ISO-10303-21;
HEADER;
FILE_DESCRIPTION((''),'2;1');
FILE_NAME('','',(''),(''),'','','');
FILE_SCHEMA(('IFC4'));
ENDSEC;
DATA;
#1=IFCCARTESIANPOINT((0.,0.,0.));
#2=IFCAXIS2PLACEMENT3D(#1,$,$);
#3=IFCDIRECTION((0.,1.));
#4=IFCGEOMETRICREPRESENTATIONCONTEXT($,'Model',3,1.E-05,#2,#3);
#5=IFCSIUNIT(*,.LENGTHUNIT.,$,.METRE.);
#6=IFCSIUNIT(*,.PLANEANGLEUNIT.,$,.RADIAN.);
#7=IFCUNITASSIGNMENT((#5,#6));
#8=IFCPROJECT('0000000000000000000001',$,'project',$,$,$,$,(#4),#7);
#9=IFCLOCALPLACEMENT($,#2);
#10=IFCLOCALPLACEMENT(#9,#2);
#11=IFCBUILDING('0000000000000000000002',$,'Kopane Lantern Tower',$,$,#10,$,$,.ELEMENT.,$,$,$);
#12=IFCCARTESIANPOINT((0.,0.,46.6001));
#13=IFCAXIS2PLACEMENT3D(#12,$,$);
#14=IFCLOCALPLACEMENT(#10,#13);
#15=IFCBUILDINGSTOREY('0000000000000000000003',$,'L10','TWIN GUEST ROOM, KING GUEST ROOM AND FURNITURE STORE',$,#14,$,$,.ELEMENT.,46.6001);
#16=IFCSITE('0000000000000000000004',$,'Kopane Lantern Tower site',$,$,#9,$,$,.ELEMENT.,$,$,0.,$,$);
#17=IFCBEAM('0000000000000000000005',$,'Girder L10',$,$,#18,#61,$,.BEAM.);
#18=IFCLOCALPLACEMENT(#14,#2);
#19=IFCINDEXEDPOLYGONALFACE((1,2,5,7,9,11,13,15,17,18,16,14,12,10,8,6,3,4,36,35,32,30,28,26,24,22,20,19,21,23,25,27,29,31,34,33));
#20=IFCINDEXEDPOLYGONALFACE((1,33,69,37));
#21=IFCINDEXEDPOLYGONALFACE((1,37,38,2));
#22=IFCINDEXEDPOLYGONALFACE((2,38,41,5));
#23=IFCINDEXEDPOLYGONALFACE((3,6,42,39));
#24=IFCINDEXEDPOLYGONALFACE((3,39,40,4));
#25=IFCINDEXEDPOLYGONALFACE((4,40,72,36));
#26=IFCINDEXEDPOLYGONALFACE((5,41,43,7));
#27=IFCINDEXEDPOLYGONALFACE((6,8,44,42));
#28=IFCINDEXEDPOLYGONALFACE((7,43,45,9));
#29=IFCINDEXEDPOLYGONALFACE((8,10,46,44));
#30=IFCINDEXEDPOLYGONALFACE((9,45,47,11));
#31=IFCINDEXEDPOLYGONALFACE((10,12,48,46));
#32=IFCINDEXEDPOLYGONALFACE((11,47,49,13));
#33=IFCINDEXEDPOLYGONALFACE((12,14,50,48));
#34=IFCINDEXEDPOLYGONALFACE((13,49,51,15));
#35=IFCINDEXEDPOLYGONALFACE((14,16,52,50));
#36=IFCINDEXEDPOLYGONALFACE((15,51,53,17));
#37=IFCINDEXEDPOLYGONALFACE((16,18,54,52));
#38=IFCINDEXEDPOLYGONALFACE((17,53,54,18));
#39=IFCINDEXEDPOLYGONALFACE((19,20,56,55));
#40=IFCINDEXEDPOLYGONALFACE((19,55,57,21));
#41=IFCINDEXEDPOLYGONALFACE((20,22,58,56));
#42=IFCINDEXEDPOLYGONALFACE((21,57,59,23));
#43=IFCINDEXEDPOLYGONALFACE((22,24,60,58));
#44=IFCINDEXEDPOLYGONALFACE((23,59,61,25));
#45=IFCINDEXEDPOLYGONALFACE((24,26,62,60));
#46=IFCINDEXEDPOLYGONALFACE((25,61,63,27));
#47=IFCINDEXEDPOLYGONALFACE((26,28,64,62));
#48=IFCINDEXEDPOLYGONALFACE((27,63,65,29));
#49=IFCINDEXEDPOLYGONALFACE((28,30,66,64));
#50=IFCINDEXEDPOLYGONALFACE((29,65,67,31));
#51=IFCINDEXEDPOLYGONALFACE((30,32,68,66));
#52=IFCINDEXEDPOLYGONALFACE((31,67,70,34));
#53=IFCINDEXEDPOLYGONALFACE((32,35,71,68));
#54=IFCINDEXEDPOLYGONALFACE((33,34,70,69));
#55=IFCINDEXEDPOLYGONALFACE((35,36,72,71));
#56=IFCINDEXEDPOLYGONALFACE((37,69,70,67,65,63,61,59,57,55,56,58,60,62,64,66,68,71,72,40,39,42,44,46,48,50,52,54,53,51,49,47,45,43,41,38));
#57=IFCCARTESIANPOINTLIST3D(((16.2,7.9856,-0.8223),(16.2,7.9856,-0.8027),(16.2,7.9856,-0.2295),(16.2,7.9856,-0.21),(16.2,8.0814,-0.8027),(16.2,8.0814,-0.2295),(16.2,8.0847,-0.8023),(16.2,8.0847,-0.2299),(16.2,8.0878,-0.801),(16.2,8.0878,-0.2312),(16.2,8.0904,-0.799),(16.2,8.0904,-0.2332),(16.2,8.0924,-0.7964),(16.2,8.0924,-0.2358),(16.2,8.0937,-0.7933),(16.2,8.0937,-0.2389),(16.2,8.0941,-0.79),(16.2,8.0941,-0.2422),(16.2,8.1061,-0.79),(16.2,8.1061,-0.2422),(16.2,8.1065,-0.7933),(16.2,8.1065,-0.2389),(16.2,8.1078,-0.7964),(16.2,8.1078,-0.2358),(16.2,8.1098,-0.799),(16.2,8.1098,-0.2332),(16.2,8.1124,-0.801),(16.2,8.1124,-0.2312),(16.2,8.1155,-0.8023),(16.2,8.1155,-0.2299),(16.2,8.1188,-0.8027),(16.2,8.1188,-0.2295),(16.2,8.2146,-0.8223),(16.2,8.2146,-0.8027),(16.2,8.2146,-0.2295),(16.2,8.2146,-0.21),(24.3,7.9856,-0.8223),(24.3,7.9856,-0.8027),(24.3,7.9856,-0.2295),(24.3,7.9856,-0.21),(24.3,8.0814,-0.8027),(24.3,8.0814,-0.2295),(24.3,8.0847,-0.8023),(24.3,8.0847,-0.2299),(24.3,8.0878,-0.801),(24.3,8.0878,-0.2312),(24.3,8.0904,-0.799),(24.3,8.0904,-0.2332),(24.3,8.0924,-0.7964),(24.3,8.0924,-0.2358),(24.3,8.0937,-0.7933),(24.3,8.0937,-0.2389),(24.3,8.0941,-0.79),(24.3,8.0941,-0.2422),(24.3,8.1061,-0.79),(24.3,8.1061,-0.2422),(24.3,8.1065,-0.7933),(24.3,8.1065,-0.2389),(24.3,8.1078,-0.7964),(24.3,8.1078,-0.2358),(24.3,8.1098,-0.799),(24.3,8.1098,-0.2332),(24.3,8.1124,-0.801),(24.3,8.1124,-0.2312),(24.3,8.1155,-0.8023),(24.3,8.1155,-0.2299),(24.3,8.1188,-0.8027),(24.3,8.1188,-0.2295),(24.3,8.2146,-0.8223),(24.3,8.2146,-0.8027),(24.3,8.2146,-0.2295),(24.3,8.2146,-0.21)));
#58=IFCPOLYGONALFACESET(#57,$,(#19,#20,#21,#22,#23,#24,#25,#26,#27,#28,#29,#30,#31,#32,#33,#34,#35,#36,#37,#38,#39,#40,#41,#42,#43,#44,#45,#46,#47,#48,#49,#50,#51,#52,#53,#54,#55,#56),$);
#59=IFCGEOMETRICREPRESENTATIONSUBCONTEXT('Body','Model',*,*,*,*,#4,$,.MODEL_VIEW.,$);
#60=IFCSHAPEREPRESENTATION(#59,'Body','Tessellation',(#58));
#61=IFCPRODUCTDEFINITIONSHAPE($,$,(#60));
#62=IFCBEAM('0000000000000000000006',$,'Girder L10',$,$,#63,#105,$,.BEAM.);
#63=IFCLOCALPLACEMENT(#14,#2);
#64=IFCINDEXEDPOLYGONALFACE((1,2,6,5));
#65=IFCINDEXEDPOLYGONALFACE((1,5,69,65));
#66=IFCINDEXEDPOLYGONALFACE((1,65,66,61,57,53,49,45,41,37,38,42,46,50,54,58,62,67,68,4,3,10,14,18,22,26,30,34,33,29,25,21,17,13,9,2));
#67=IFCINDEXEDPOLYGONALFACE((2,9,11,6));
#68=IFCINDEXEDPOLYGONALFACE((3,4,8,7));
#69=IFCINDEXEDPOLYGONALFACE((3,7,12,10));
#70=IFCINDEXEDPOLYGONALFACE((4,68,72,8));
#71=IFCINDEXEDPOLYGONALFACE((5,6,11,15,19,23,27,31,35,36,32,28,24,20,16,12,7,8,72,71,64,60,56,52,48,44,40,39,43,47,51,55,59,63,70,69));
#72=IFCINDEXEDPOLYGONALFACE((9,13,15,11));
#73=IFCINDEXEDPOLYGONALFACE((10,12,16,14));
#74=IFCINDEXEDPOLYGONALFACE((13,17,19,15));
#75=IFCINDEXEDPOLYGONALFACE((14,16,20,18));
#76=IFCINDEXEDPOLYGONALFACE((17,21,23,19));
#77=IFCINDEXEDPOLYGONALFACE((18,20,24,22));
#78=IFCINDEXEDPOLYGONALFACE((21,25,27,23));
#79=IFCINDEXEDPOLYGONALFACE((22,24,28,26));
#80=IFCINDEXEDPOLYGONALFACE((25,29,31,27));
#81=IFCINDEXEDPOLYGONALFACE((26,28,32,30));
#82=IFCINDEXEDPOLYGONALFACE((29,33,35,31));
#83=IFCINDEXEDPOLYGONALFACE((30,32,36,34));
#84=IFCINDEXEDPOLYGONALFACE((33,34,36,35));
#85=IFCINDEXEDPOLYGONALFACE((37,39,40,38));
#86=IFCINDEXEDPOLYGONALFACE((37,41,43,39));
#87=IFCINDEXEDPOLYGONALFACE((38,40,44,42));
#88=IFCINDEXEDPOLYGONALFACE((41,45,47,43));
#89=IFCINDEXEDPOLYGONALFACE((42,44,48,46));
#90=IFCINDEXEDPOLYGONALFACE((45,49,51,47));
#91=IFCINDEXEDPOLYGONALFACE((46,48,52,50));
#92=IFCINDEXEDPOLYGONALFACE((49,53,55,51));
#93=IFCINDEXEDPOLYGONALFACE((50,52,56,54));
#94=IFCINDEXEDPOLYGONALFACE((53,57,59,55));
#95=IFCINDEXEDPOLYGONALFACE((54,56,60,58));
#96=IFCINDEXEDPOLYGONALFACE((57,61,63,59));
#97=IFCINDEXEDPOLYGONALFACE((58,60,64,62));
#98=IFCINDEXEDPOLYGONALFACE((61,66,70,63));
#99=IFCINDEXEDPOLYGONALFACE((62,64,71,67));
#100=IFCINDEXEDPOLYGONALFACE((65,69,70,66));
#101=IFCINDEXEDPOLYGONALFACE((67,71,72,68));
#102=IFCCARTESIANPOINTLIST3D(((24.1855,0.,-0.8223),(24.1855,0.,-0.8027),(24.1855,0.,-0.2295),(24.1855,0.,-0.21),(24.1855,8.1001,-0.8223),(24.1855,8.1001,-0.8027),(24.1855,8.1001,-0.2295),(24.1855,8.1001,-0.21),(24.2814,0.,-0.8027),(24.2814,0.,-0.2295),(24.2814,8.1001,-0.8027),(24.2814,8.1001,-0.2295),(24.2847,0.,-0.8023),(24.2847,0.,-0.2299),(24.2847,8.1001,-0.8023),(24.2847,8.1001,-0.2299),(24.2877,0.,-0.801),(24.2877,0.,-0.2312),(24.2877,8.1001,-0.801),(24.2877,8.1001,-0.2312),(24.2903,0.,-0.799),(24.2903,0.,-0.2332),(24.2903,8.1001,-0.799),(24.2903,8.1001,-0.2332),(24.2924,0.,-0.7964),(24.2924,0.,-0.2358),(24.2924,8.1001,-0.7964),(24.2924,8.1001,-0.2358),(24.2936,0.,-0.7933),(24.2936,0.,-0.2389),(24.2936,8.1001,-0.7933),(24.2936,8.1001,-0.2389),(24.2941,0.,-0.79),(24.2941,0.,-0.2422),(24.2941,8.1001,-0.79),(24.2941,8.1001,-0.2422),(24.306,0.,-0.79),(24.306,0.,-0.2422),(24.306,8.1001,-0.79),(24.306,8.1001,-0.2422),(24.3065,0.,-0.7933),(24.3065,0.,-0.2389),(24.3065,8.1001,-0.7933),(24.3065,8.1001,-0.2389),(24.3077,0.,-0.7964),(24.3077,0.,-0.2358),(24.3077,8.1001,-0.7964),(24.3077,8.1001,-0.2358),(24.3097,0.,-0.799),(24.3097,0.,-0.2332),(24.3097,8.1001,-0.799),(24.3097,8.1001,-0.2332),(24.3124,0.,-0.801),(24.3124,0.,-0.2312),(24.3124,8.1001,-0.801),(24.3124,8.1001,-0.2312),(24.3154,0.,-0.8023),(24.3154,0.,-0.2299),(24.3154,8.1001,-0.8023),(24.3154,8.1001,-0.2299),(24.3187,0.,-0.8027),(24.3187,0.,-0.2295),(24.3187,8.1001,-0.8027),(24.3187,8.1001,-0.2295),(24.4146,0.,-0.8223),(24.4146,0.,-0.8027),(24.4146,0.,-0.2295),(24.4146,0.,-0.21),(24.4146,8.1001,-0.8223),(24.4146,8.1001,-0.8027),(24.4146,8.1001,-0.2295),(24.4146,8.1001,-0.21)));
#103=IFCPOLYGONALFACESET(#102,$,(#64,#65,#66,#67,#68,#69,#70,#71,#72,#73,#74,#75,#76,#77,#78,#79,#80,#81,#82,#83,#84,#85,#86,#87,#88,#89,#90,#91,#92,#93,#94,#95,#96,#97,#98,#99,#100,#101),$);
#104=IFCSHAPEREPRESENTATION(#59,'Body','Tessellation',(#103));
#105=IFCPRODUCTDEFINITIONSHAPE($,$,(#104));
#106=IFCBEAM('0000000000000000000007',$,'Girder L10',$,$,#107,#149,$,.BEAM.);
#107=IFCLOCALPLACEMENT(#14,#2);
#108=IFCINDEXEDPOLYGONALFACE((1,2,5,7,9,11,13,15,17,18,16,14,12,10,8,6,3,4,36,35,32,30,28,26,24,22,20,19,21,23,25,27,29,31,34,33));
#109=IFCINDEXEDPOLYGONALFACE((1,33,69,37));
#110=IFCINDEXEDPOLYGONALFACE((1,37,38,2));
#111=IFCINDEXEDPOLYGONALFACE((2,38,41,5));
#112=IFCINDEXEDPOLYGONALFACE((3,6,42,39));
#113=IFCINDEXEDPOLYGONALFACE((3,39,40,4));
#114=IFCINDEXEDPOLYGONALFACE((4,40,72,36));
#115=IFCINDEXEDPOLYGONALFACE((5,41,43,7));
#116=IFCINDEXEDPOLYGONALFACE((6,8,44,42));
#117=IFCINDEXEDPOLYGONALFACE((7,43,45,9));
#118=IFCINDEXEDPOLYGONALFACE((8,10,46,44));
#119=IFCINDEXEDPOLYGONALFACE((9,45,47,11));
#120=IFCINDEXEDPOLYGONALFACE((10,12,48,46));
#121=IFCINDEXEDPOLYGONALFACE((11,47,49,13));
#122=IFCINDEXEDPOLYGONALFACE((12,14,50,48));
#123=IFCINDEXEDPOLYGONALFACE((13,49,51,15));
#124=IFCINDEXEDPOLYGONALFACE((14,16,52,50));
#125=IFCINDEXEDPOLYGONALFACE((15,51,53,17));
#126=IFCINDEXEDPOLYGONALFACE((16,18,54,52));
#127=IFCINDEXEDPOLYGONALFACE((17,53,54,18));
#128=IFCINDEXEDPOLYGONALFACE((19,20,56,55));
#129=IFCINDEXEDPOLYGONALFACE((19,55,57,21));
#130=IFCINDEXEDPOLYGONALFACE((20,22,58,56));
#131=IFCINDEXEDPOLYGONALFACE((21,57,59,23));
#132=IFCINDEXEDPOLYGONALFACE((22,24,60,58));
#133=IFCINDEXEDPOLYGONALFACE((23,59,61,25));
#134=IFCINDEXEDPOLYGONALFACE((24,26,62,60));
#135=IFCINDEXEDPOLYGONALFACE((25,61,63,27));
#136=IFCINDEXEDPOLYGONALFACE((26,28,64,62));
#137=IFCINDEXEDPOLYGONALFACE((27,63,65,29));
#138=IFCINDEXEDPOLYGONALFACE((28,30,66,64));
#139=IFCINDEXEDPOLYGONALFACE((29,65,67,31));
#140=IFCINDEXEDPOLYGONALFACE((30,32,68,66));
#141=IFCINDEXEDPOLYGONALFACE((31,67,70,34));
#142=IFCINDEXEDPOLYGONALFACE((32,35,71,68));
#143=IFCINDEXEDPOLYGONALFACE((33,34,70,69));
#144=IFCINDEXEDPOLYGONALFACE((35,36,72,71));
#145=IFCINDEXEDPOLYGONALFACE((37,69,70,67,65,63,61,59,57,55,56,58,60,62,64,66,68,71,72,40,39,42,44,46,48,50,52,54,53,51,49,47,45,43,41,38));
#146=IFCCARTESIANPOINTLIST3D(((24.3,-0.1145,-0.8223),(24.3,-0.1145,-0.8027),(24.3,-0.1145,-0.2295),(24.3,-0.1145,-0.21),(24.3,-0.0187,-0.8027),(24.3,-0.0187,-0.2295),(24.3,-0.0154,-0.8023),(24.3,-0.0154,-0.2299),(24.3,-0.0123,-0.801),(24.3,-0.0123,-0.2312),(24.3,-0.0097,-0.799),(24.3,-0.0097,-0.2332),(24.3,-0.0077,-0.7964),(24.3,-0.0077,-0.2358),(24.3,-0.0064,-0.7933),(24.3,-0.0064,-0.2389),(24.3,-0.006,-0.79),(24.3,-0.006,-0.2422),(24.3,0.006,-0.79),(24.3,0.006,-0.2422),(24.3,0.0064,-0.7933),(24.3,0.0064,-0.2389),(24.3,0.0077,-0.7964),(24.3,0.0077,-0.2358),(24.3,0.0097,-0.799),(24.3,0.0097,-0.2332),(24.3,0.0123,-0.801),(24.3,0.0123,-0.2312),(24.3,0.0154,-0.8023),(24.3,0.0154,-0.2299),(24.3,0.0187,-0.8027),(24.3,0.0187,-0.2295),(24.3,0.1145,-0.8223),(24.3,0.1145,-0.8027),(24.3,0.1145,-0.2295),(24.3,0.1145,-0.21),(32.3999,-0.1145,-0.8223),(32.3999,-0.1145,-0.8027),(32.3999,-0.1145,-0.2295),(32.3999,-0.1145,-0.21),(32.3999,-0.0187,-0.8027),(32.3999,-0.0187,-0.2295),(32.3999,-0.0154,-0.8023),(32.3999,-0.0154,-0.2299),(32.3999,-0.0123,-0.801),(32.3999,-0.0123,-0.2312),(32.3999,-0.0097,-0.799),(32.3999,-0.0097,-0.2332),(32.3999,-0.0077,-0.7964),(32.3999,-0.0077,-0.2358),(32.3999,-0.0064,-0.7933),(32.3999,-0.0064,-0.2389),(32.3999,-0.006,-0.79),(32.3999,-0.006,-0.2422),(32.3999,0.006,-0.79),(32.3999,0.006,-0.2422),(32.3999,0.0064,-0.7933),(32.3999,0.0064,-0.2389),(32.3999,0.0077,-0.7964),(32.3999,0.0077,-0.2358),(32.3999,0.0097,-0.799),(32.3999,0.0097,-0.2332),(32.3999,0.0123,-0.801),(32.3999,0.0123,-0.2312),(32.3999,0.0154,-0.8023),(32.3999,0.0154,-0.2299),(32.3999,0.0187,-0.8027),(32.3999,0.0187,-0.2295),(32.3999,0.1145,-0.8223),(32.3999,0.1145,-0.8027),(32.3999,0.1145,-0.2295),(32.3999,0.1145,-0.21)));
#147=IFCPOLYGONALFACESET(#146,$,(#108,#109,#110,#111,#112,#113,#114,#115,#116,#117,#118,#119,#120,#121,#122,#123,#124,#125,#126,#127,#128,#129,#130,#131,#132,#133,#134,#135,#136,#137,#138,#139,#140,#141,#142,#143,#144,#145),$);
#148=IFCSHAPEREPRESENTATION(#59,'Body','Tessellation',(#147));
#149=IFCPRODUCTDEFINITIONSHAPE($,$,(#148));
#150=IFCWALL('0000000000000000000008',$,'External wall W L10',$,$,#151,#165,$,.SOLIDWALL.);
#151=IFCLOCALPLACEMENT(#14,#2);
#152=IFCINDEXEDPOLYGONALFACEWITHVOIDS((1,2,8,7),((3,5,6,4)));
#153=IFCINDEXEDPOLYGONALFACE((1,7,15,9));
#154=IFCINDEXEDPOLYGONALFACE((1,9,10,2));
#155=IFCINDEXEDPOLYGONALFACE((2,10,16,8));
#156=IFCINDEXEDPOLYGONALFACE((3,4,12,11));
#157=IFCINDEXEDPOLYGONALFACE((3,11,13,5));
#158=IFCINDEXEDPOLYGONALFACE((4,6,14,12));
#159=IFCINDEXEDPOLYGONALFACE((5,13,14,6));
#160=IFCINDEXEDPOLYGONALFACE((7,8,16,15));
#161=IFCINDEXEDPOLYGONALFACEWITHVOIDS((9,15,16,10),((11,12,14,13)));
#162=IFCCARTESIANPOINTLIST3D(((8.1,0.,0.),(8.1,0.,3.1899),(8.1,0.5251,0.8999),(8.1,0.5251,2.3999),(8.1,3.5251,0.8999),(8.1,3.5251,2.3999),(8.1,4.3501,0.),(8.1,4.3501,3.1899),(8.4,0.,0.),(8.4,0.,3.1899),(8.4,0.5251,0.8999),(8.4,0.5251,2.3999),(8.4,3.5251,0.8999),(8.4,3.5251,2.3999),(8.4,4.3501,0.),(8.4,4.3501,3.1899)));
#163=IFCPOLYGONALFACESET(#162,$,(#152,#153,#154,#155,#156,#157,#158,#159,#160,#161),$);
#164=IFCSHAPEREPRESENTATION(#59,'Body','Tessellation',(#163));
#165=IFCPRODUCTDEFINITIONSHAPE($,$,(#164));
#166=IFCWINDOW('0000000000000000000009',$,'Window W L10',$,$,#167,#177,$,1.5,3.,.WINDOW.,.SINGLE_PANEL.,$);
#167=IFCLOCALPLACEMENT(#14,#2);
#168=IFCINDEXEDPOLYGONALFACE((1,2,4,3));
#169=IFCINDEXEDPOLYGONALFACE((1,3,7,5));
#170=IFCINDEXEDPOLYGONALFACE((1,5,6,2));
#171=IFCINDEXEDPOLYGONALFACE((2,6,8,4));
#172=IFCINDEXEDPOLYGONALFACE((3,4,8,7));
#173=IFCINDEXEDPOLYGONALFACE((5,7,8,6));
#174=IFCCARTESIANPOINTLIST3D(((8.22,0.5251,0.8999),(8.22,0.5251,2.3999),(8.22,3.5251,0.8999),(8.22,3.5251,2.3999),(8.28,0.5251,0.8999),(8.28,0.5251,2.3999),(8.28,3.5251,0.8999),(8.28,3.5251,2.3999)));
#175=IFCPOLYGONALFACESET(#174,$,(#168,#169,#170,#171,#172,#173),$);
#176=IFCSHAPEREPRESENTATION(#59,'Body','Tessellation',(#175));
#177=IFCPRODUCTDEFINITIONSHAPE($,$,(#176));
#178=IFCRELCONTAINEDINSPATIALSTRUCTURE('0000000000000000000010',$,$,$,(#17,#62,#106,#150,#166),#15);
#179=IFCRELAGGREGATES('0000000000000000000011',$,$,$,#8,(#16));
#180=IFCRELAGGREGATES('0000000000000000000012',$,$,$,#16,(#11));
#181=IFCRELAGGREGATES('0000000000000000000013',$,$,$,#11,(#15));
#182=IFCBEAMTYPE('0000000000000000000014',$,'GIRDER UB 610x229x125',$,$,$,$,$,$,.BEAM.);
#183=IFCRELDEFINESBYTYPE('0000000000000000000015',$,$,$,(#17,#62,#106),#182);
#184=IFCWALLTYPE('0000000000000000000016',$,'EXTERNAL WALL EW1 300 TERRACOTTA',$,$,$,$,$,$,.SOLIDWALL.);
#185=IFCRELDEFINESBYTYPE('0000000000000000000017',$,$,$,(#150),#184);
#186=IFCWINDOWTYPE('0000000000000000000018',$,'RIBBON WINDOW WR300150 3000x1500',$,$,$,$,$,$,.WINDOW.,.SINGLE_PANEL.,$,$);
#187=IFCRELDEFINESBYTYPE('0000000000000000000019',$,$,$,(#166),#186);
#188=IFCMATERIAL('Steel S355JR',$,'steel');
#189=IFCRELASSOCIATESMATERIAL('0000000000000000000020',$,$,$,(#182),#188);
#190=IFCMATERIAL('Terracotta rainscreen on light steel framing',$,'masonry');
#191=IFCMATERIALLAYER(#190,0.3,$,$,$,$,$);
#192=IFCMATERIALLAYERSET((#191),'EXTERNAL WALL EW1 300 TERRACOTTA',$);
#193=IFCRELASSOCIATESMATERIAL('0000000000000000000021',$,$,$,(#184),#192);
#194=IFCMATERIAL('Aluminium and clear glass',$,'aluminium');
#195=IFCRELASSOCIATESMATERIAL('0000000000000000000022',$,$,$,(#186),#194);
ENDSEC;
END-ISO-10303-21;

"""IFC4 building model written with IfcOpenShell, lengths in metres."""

from ifc_helpers import new_model, si_unit, direction, frame, frame_2d, origin, origin_2d, place, context, subcontext, project, spatial, rectangle, i_section, extrude, material, layer, layer_set, material_profile, profile_set, type_object, element, fill, save


model = new_model("IFC4")

# Units and contexts
model_context = context("Model", 3, precision=1e-05, world=origin(), true_north=direction((0.0, 1.0)))
body_context = subcontext(model_context, "Body", "Model", "MODEL_VIEW")
ifc_project = project(units=[si_unit("LENGTHUNIT", "METRE"), si_unit("PLANEANGLEUNIT", "RADIAN")], contexts=[model_context])

# Site, building, storey
site_placement = place(None, origin())
site = spatial("IfcSite", under=ifc_project, at=site_placement, Name="Kopane Lantern Tower site", CompositionType="ELEMENT", RefElevation=0.0)
building_placement = place(site_placement, origin())
building = spatial("IfcBuilding", under=site, at=building_placement, Name="Kopane Lantern Tower", CompositionType="ELEMENT")
storey_placement = place(building_placement, frame((0.0, 0.0, 46.6001)))
storey = spatial("IfcBuildingStorey", under=building, at=storey_placement, Name="L10", Description="TWIN GUEST ROOM, KING GUEST ROOM AND FURNITURE STORE", CompositionType="ELEMENT", Elevation=46.6001)

# Beams
ifc_material_1 = material(Name="Steel S355JR", Category="steel")
ifc_material_profile_1 = material_profile(ifc_material_1, i_section(OverallWidth=0.229, OverallDepth=0.6123, WebThickness=0.012, FlangeThickness=0.0195, FilletRadius=0.0127, at=origin_2d()), Name="UB 610x229x125")
ifc_profile_set_1 = profile_set([ifc_material_profile_1], Name="Steel S355JR")
beam_type = type_object("IfcBeamType", Name="GIRDER UB 610x229x125", PredefinedType="BEAM", material=ifc_profile_set_1)
for number, where, z_axis, x_axis, name in (
    (1, (16.2, 8.1001, -0.5161), (1.0, 0.0, 0.0), (0.0, 1.0, 0.0), "Girder L10"),
    (2, (24.3, 0.0, -0.5161), (0.0, 1.0, 0.0), (-1.0, 0.0, 0.0), "Girder L10"),
):
    element("IfcBeam", number, at=place(storey_placement, frame(where, z_axis=z_axis, x_axis=x_axis)), inside=storey, type_object=beam_type, Name=name, PredefinedType="BEAM", context=body_context, shape_type="SweptSolid", body=[
        extrude(i_section(OverallWidth=0.229, OverallDepth=0.6123, WebThickness=0.012, FlangeThickness=0.0195, FilletRadius=0.0127, at=origin_2d()), origin(), (0.0, 0.0, 1.0), 8.1001),
    ])
beam_1_placement = place(storey_placement, frame((24.3, 0.0, -0.5161), z_axis=(1.0, 0.0, 0.0), x_axis=(0.0, 1.0, 0.0)))
element("IfcBeam", 3, at=beam_1_placement, inside=storey, type_object=beam_type, Name="Girder L10", PredefinedType="BEAM", context=body_context, shape_type="SweptSolid", body=[
    extrude(i_section(OverallWidth=0.229, OverallDepth=0.6123, WebThickness=0.012, FlangeThickness=0.0195, FilletRadius=0.0127, at=origin_2d()), origin(), (0.0, 0.0, 1.0), 8.0999),
])

# Shared definitions
ifc_material_2 = material(Name="Terracotta rainscreen on light steel framing", Category="masonry")
ifc_layer = layer(ifc_material_2, 0.3)
ifc_layer_set = layer_set([ifc_layer], Name="EXTERNAL WALL EW1 300 TERRACOTTA")
wall_type = type_object("IfcWallType", Name="EXTERNAL WALL EW1 300 TERRACOTTA", PredefinedType="SOLIDWALL", material=ifc_layer_set)

# Wall, opening, window
wall_1_placement = place(storey_placement, frame((8.25, 4.3501, 0.0), z_axis=(0.0, 0.0, 1.0), x_axis=(0.0, -1.0, 0.0)))
wall_1 = element("IfcWall", 4, at=wall_1_placement, inside=storey, type_object=wall_type, Name="External wall W L10", PredefinedType="SOLIDWALL", context=body_context, shape_type="SweptSolid", body=[
    extrude(rectangle(XDim=4.3501, YDim=0.3, at=frame_2d((2.175, 0.0))), origin(), (0.0, 0.0, 1.0), 3.1899),
])
opening_1_placement = place(wall_1_placement, frame((0.825, 0.0, 0.8999)))
opening_1 = element("IfcOpeningElement", 5, at=opening_1_placement, cuts=wall_1, PredefinedType="OPENING", context=body_context, shape_type="SweptSolid", body=[
    extrude(rectangle(XDim=3.0, YDim=1.5, at=frame_2d((1.5, 0.75))), frame((0.0, 0.1599, 0.0), z_axis=(0.0, -1.0, 0.0), x_axis=(1.0, 0.0, 0.0)), (0.0, 0.0, 1.0), 0.3201),
])
ifc_material_3 = material(Name="Aluminium and clear glass", Category="aluminium")
window_type_1 = type_object("IfcWindowType", Name="RIBBON WINDOW WR300150 3000x1500", PartitioningType="SINGLE_PANEL", PredefinedType="WINDOW", material=ifc_material_3)
window_1_placement = place(opening_1_placement, origin())
window_1 = element("IfcWindow", 6, at=window_1_placement, inside=storey, type_object=window_type_1, Name="Window W L10", OverallHeight=1.5, OverallWidth=3.0, PartitioningType="SINGLE_PANEL", PredefinedType="WINDOW", context=body_context, shape_type="SweptSolid", body=[
    extrude(rectangle(XDim=3.0, YDim=1.5, at=frame_2d((1.5, 0.75))), frame((0.0, 0.03, 0.0), z_axis=(0.0, -1.0, 0.0), x_axis=(1.0, 0.0, 0.0)), (0.0, 0.0, 1.0), 0.0601),
])
fill(opening_1, window_1)

save(model, "model.ifc")
